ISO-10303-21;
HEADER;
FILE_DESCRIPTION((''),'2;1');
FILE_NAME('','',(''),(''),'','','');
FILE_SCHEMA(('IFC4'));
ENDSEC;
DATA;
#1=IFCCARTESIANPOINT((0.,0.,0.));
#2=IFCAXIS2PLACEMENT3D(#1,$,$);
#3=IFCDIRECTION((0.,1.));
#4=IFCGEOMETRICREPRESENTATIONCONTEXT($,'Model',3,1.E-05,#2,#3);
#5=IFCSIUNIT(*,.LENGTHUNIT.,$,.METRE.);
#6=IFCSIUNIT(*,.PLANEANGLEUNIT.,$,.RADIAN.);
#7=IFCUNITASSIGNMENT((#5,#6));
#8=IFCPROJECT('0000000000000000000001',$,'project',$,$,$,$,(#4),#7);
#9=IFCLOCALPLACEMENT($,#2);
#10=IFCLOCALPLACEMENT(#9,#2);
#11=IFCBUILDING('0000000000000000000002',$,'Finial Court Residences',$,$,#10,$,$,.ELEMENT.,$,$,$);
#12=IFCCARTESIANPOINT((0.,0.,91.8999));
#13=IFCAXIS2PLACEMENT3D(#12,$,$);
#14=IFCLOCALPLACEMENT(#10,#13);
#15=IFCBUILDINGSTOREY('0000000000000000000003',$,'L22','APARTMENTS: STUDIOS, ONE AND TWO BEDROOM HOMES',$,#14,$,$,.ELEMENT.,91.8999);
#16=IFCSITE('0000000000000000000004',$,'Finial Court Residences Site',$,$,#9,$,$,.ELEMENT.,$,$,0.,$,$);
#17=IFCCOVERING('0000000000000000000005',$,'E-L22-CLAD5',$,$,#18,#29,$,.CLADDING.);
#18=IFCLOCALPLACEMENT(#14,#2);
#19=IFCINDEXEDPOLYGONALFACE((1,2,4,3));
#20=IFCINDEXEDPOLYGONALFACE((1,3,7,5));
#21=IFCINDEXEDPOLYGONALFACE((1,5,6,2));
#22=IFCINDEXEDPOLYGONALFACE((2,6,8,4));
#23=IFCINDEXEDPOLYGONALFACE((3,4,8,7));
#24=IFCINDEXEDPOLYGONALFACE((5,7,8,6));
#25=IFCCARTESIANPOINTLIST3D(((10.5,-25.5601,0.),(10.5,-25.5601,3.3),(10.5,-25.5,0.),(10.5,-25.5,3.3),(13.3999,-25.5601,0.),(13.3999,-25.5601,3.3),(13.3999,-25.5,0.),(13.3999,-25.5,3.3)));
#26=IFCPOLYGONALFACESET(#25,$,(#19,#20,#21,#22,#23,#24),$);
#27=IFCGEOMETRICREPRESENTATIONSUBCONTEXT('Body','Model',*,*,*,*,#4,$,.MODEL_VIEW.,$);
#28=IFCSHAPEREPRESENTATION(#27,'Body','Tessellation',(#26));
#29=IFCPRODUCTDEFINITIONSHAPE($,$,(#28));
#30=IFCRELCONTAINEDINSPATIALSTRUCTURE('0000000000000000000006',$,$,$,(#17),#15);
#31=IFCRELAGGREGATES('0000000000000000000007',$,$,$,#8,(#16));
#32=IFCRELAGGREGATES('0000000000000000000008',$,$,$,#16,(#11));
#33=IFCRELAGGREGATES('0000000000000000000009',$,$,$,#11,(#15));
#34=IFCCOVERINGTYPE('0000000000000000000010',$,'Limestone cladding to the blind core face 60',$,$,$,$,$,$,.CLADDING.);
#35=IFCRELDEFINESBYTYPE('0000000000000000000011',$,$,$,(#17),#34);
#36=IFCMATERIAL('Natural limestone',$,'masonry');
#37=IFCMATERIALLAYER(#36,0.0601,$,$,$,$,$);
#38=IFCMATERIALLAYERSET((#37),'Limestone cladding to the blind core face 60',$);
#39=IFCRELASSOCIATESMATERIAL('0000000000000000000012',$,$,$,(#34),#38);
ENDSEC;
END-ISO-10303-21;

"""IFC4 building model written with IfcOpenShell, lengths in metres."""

from ifc_helpers import new_model, si_unit, direction, frame, origin, place, context, subcontext, project, spatial, polyline, outline, extrude, material, layer, layer_set, type_object, element, save


model = new_model("IFC4")

# Units and contexts
model_context = context("Model", 3, precision=1e-05, world=origin(), true_north=direction((0.0, 1.0)))
body_context = subcontext(model_context, "Body", "Model", "MODEL_VIEW")
ifc_project = project(units=[si_unit("LENGTHUNIT", "METRE"), si_unit("PLANEANGLEUNIT", "RADIAN")], contexts=[model_context])

# Site, building, storey
site_placement = place(None, origin())
site = spatial("IfcSite", under=ifc_project, at=site_placement, Name="Finial Court Residences Site", CompositionType="ELEMENT", RefElevation=0.0)
building_placement = place(site_placement, origin())
building = spatial("IfcBuilding", under=site, at=building_placement, Name="Finial Court Residences", CompositionType="ELEMENT")
storey_placement = place(building_placement, frame((0.0, 0.0, 91.8999)))
storey = spatial("IfcBuildingStorey", under=building, at=storey_placement, Name="L22", Description="APARTMENTS: STUDIOS, ONE AND TWO BEDROOM HOMES", CompositionType="ELEMENT", Elevation=91.8999)

# Covering
ifc_material_1 = material(Name="Natural limestone", Category="masonry")
ifc_layer_1 = layer(ifc_material_1, 0.0601)
ifc_layer_set_1 = layer_set([ifc_layer_1], Name="Limestone cladding to the blind core face 60")
covering_type = type_object("IfcCoveringType", Name="Limestone cladding to the blind core face 60", PredefinedType="CLADDING", material=ifc_layer_set_1)
covering_1_placement = place(storey_placement, origin())
element("IfcCovering", 1, at=covering_1_placement, inside=storey, type_object=covering_type, Name="E-L22-CLAD5", PredefinedType="CLADDING", context=body_context, shape_type="SweptSolid", body=[
    extrude(outline(polyline([(13.3999, -25.5601), (13.3999, -25.5), (10.5, -25.5), (10.5, -25.5601), (13.3999, -25.5601)])), origin(), (0.0, 0.0, 1.0), 3.3),
])

save(model, "model.ifc")
